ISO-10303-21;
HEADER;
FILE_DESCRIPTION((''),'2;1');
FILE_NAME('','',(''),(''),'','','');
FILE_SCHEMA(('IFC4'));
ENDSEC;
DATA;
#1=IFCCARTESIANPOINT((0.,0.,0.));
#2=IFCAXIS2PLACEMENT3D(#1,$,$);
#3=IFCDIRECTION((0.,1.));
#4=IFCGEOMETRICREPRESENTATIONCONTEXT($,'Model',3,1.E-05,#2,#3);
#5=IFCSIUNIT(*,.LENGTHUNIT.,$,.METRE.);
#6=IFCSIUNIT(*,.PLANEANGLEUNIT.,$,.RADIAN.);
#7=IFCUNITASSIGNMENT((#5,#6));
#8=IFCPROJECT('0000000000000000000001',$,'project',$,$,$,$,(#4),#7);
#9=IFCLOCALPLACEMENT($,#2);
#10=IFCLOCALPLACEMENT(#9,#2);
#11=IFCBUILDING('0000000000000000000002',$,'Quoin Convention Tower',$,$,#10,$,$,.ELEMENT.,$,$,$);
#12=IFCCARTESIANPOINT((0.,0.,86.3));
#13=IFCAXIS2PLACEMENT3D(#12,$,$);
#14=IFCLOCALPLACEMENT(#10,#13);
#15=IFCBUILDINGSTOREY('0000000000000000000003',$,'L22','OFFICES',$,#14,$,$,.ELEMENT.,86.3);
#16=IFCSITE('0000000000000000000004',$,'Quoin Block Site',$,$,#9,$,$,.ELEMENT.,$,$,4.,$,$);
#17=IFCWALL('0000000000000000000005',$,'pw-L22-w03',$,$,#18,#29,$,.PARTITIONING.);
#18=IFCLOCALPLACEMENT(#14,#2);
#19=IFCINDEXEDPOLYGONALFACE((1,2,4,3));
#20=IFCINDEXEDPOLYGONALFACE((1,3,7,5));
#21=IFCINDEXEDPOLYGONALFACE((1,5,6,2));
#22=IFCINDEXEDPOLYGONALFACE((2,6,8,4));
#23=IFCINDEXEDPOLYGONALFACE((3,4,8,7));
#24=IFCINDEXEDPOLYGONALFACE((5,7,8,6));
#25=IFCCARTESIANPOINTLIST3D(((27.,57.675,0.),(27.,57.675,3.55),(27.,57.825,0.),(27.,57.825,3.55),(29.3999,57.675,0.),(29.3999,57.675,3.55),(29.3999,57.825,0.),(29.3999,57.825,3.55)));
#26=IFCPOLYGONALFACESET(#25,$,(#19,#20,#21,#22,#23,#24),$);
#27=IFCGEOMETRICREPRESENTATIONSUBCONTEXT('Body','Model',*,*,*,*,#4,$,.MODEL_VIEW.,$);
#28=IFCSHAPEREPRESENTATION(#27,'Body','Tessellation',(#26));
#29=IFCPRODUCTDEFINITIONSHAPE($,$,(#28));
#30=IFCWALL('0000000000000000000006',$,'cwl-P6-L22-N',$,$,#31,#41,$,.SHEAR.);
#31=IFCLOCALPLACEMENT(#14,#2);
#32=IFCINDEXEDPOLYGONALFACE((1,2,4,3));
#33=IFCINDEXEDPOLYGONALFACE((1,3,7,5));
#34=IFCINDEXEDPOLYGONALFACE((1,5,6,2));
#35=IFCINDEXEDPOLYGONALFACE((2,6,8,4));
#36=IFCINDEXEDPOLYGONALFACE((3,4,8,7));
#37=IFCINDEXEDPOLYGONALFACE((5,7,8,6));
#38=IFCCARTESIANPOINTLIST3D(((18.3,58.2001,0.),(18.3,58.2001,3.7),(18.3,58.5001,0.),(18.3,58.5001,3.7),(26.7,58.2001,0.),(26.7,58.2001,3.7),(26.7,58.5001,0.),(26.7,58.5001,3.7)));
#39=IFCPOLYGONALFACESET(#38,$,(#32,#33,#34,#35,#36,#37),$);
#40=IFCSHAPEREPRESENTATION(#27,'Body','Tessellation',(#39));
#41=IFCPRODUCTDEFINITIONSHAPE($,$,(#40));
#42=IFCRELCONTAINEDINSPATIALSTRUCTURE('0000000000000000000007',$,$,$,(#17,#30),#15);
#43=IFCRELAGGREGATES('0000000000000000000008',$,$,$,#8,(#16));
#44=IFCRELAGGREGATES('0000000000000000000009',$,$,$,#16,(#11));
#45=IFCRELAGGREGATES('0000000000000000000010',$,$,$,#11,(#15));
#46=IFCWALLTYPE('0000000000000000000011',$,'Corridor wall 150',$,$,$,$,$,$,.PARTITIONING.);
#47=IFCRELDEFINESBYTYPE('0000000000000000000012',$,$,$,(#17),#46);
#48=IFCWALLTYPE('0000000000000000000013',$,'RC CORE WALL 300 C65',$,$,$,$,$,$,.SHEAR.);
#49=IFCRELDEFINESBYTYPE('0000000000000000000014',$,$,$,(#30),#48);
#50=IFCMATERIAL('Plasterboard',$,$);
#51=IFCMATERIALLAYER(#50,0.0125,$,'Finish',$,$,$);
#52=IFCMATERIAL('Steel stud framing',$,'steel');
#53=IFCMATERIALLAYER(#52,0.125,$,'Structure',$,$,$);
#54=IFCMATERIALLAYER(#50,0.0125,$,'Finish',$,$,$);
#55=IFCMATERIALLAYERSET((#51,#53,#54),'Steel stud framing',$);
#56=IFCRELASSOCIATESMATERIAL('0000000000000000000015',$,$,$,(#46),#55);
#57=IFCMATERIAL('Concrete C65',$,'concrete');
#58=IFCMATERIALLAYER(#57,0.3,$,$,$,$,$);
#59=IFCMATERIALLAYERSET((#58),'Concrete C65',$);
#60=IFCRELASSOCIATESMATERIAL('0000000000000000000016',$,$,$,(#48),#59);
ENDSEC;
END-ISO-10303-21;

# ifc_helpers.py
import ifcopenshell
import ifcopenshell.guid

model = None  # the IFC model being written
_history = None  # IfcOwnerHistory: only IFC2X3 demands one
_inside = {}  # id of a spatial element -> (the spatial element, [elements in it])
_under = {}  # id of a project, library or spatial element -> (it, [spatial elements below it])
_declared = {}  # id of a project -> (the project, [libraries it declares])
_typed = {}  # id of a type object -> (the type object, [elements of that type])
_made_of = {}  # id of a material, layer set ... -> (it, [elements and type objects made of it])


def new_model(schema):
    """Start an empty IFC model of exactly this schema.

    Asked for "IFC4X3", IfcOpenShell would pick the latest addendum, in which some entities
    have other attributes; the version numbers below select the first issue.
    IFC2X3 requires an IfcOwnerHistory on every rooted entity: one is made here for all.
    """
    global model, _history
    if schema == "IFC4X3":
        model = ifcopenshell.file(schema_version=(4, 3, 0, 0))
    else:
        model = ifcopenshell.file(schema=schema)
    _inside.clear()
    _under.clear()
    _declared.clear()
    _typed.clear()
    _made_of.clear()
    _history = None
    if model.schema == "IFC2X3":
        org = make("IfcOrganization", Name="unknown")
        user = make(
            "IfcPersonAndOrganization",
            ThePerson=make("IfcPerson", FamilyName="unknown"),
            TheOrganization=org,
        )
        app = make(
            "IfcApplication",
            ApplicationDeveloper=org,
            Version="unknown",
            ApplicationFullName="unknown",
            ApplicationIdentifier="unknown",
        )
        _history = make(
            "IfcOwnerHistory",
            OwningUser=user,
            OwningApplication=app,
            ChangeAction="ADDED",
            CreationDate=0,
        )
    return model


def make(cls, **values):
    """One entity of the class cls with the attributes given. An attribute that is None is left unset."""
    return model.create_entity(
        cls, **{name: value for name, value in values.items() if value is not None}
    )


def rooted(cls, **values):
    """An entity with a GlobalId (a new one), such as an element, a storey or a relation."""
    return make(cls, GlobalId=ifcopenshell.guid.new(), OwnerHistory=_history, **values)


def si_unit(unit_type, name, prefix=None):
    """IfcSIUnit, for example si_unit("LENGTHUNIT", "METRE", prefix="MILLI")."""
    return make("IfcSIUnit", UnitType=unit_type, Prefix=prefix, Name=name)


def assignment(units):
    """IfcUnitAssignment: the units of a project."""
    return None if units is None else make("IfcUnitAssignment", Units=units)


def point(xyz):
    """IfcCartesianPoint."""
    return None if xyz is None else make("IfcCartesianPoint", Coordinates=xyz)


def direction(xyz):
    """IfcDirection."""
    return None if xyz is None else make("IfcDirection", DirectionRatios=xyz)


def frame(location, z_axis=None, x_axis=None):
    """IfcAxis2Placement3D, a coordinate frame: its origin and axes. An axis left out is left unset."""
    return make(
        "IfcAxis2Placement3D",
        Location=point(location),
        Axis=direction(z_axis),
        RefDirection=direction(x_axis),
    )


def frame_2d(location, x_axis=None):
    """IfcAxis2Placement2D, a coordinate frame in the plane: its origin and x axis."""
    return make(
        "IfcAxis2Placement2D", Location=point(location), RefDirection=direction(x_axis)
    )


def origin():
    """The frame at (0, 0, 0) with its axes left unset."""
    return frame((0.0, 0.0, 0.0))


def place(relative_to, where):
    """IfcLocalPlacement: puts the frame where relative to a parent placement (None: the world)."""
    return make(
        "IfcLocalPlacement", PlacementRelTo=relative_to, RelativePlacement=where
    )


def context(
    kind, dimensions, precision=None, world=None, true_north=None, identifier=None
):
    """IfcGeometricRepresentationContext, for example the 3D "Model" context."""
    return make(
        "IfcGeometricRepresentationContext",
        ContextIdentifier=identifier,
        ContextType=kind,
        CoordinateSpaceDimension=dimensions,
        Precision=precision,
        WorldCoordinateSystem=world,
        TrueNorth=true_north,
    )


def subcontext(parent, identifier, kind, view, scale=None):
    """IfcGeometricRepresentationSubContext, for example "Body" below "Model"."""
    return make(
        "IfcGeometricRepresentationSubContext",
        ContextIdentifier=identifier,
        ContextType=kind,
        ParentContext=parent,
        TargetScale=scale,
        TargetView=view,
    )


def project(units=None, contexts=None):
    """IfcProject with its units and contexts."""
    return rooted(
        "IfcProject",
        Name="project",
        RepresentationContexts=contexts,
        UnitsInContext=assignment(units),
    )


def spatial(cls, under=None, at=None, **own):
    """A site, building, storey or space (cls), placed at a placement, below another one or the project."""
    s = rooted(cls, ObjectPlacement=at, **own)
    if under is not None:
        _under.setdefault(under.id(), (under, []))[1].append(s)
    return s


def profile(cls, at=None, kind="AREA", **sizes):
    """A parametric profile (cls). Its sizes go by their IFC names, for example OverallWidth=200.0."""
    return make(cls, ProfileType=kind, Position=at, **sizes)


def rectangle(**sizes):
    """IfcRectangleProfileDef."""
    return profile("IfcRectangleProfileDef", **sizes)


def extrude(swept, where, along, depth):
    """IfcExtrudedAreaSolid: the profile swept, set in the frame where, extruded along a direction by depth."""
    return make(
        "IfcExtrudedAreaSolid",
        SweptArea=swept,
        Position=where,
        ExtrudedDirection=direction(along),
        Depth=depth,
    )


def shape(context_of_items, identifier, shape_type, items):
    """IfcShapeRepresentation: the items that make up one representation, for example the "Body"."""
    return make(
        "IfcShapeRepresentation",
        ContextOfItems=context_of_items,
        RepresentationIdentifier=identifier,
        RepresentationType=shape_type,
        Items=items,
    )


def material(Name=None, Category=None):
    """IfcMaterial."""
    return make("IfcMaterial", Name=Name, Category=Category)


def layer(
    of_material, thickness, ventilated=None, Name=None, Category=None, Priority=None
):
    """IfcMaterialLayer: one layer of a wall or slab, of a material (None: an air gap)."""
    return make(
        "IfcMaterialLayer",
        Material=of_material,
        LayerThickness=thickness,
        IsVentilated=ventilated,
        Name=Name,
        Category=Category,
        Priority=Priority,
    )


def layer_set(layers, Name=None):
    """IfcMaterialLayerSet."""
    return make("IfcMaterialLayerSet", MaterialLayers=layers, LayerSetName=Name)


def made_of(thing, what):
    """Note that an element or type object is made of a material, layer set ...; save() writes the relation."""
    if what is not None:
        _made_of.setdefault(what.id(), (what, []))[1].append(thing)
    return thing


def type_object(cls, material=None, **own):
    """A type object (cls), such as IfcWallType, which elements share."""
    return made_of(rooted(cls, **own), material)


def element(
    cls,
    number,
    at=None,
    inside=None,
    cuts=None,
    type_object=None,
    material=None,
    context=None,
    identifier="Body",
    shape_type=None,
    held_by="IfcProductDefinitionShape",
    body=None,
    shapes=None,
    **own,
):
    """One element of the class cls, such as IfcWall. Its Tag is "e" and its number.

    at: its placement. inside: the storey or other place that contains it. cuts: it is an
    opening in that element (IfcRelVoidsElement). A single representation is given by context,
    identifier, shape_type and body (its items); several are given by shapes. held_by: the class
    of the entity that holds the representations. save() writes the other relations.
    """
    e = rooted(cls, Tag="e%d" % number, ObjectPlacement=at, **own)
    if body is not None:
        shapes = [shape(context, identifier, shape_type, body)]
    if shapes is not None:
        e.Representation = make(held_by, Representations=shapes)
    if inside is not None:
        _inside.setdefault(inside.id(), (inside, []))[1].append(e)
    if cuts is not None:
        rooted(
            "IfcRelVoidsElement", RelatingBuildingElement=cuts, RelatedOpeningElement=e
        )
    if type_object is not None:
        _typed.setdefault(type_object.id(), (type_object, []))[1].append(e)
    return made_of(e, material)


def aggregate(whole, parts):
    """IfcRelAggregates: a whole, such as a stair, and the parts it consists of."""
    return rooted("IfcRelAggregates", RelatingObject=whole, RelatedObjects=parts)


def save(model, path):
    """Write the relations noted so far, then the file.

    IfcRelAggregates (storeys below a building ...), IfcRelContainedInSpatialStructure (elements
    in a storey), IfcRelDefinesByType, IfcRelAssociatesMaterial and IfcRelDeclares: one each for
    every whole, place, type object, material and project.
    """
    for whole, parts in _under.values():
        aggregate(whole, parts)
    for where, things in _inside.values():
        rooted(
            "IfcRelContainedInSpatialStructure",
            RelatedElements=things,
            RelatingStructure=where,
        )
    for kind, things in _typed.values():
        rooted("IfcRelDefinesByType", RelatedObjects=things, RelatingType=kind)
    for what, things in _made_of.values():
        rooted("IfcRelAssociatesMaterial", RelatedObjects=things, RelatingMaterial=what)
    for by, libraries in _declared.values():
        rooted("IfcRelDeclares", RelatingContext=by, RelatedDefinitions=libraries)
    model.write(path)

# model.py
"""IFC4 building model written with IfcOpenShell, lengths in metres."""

from ifc_helpers import new_model, si_unit, direction, frame, frame_2d, origin, place, context, subcontext, project, spatial, rectangle, extrude, material, layer, layer_set, type_object, element, save


model = new_model("IFC4")

# Units and contexts
model_context = context("Model", 3, precision=1e-05, world=origin(), true_north=direction((0.0, 1.0)))
body_context = subcontext(model_context, "Body", "Model", "MODEL_VIEW")
ifc_project = project(units=[si_unit("LENGTHUNIT", "METRE"), si_unit("PLANEANGLEUNIT", "RADIAN")], contexts=[model_context])

# Site, building, storey
site_placement = place(None, origin())
site = spatial("IfcSite", under=ifc_project, at=site_placement, Name="Quoin Block Site", CompositionType="ELEMENT", RefElevation=4.0)
building_placement = place(site_placement, origin())
building = spatial("IfcBuilding", under=site, at=building_placement, Name="Quoin Convention Tower", CompositionType="ELEMENT")
storey_placement = place(building_placement, frame((0.0, 0.0, 86.3)))
storey = spatial("IfcBuildingStorey", under=building, at=storey_placement, Name="L22", Description="OFFICES", CompositionType="ELEMENT", Elevation=86.3)

# Shared definitions
ifc_material_1 = material(Name="Concrete C65", Category="concrete")

# Walls
ifc_material_2 = material(Name="Plasterboard")
ifc_layer_1 = layer(ifc_material_2, 0.0125, Name="Finish")
ifc_material_3 = material(Name="Steel stud framing", Category="steel")
ifc_layer_2 = layer(ifc_material_3, 0.125, Name="Structure")
ifc_layer_3 = layer(ifc_material_2, 0.0125, Name="Finish")
ifc_layer_set_1 = layer_set([ifc_layer_1, ifc_layer_2, ifc_layer_3], Name="Steel stud framing")
wall_type_1 = type_object("IfcWallType", Name="Corridor wall 150", PredefinedType="PARTITIONING", material=ifc_layer_set_1)
wall_1_placement = place(storey_placement, frame((27.0, 57.75, 0.0), z_axis=(0.0, 0.0, 1.0), x_axis=(1.0, 0.0, 0.0)))
element("IfcWall", 1, at=wall_1_placement, inside=storey, type_object=wall_type_1, Name="pw-L22-w03", PredefinedType="PARTITIONING", context=body_context, shape_type="SweptSolid", body=[
    extrude(rectangle(XDim=2.3999, YDim=0.1499, at=frame_2d((1.2, 0.0))), origin(), (0.0, 0.0, 1.0), 3.55),
])
ifc_layer_4 = layer(ifc_material_1, 0.3)
ifc_layer_set_2 = layer_set([ifc_layer_4], Name="Concrete C65")
wall_type_2 = type_object("IfcWallType", Name="RC CORE WALL 300 C65", PredefinedType="SHEAR", material=ifc_layer_set_2)
wall_2_placement = place(storey_placement, frame((18.3, 58.3501, 0.0), z_axis=(0.0, 0.0, 1.0), x_axis=(1.0, 0.0, 0.0)))
element("IfcWall", 2, at=wall_2_placement, inside=storey, type_object=wall_type_2, Name="cwl-P6-L22-N", PredefinedType="SHEAR", context=body_context, shape_type="SweptSolid", body=[
    extrude(rectangle(XDim=8.3999, YDim=0.3, at=frame_2d((4.2, 0.0))), origin(), (0.0, 0.0, 1.0), 3.7),
])

save(model, "model.ifc")
